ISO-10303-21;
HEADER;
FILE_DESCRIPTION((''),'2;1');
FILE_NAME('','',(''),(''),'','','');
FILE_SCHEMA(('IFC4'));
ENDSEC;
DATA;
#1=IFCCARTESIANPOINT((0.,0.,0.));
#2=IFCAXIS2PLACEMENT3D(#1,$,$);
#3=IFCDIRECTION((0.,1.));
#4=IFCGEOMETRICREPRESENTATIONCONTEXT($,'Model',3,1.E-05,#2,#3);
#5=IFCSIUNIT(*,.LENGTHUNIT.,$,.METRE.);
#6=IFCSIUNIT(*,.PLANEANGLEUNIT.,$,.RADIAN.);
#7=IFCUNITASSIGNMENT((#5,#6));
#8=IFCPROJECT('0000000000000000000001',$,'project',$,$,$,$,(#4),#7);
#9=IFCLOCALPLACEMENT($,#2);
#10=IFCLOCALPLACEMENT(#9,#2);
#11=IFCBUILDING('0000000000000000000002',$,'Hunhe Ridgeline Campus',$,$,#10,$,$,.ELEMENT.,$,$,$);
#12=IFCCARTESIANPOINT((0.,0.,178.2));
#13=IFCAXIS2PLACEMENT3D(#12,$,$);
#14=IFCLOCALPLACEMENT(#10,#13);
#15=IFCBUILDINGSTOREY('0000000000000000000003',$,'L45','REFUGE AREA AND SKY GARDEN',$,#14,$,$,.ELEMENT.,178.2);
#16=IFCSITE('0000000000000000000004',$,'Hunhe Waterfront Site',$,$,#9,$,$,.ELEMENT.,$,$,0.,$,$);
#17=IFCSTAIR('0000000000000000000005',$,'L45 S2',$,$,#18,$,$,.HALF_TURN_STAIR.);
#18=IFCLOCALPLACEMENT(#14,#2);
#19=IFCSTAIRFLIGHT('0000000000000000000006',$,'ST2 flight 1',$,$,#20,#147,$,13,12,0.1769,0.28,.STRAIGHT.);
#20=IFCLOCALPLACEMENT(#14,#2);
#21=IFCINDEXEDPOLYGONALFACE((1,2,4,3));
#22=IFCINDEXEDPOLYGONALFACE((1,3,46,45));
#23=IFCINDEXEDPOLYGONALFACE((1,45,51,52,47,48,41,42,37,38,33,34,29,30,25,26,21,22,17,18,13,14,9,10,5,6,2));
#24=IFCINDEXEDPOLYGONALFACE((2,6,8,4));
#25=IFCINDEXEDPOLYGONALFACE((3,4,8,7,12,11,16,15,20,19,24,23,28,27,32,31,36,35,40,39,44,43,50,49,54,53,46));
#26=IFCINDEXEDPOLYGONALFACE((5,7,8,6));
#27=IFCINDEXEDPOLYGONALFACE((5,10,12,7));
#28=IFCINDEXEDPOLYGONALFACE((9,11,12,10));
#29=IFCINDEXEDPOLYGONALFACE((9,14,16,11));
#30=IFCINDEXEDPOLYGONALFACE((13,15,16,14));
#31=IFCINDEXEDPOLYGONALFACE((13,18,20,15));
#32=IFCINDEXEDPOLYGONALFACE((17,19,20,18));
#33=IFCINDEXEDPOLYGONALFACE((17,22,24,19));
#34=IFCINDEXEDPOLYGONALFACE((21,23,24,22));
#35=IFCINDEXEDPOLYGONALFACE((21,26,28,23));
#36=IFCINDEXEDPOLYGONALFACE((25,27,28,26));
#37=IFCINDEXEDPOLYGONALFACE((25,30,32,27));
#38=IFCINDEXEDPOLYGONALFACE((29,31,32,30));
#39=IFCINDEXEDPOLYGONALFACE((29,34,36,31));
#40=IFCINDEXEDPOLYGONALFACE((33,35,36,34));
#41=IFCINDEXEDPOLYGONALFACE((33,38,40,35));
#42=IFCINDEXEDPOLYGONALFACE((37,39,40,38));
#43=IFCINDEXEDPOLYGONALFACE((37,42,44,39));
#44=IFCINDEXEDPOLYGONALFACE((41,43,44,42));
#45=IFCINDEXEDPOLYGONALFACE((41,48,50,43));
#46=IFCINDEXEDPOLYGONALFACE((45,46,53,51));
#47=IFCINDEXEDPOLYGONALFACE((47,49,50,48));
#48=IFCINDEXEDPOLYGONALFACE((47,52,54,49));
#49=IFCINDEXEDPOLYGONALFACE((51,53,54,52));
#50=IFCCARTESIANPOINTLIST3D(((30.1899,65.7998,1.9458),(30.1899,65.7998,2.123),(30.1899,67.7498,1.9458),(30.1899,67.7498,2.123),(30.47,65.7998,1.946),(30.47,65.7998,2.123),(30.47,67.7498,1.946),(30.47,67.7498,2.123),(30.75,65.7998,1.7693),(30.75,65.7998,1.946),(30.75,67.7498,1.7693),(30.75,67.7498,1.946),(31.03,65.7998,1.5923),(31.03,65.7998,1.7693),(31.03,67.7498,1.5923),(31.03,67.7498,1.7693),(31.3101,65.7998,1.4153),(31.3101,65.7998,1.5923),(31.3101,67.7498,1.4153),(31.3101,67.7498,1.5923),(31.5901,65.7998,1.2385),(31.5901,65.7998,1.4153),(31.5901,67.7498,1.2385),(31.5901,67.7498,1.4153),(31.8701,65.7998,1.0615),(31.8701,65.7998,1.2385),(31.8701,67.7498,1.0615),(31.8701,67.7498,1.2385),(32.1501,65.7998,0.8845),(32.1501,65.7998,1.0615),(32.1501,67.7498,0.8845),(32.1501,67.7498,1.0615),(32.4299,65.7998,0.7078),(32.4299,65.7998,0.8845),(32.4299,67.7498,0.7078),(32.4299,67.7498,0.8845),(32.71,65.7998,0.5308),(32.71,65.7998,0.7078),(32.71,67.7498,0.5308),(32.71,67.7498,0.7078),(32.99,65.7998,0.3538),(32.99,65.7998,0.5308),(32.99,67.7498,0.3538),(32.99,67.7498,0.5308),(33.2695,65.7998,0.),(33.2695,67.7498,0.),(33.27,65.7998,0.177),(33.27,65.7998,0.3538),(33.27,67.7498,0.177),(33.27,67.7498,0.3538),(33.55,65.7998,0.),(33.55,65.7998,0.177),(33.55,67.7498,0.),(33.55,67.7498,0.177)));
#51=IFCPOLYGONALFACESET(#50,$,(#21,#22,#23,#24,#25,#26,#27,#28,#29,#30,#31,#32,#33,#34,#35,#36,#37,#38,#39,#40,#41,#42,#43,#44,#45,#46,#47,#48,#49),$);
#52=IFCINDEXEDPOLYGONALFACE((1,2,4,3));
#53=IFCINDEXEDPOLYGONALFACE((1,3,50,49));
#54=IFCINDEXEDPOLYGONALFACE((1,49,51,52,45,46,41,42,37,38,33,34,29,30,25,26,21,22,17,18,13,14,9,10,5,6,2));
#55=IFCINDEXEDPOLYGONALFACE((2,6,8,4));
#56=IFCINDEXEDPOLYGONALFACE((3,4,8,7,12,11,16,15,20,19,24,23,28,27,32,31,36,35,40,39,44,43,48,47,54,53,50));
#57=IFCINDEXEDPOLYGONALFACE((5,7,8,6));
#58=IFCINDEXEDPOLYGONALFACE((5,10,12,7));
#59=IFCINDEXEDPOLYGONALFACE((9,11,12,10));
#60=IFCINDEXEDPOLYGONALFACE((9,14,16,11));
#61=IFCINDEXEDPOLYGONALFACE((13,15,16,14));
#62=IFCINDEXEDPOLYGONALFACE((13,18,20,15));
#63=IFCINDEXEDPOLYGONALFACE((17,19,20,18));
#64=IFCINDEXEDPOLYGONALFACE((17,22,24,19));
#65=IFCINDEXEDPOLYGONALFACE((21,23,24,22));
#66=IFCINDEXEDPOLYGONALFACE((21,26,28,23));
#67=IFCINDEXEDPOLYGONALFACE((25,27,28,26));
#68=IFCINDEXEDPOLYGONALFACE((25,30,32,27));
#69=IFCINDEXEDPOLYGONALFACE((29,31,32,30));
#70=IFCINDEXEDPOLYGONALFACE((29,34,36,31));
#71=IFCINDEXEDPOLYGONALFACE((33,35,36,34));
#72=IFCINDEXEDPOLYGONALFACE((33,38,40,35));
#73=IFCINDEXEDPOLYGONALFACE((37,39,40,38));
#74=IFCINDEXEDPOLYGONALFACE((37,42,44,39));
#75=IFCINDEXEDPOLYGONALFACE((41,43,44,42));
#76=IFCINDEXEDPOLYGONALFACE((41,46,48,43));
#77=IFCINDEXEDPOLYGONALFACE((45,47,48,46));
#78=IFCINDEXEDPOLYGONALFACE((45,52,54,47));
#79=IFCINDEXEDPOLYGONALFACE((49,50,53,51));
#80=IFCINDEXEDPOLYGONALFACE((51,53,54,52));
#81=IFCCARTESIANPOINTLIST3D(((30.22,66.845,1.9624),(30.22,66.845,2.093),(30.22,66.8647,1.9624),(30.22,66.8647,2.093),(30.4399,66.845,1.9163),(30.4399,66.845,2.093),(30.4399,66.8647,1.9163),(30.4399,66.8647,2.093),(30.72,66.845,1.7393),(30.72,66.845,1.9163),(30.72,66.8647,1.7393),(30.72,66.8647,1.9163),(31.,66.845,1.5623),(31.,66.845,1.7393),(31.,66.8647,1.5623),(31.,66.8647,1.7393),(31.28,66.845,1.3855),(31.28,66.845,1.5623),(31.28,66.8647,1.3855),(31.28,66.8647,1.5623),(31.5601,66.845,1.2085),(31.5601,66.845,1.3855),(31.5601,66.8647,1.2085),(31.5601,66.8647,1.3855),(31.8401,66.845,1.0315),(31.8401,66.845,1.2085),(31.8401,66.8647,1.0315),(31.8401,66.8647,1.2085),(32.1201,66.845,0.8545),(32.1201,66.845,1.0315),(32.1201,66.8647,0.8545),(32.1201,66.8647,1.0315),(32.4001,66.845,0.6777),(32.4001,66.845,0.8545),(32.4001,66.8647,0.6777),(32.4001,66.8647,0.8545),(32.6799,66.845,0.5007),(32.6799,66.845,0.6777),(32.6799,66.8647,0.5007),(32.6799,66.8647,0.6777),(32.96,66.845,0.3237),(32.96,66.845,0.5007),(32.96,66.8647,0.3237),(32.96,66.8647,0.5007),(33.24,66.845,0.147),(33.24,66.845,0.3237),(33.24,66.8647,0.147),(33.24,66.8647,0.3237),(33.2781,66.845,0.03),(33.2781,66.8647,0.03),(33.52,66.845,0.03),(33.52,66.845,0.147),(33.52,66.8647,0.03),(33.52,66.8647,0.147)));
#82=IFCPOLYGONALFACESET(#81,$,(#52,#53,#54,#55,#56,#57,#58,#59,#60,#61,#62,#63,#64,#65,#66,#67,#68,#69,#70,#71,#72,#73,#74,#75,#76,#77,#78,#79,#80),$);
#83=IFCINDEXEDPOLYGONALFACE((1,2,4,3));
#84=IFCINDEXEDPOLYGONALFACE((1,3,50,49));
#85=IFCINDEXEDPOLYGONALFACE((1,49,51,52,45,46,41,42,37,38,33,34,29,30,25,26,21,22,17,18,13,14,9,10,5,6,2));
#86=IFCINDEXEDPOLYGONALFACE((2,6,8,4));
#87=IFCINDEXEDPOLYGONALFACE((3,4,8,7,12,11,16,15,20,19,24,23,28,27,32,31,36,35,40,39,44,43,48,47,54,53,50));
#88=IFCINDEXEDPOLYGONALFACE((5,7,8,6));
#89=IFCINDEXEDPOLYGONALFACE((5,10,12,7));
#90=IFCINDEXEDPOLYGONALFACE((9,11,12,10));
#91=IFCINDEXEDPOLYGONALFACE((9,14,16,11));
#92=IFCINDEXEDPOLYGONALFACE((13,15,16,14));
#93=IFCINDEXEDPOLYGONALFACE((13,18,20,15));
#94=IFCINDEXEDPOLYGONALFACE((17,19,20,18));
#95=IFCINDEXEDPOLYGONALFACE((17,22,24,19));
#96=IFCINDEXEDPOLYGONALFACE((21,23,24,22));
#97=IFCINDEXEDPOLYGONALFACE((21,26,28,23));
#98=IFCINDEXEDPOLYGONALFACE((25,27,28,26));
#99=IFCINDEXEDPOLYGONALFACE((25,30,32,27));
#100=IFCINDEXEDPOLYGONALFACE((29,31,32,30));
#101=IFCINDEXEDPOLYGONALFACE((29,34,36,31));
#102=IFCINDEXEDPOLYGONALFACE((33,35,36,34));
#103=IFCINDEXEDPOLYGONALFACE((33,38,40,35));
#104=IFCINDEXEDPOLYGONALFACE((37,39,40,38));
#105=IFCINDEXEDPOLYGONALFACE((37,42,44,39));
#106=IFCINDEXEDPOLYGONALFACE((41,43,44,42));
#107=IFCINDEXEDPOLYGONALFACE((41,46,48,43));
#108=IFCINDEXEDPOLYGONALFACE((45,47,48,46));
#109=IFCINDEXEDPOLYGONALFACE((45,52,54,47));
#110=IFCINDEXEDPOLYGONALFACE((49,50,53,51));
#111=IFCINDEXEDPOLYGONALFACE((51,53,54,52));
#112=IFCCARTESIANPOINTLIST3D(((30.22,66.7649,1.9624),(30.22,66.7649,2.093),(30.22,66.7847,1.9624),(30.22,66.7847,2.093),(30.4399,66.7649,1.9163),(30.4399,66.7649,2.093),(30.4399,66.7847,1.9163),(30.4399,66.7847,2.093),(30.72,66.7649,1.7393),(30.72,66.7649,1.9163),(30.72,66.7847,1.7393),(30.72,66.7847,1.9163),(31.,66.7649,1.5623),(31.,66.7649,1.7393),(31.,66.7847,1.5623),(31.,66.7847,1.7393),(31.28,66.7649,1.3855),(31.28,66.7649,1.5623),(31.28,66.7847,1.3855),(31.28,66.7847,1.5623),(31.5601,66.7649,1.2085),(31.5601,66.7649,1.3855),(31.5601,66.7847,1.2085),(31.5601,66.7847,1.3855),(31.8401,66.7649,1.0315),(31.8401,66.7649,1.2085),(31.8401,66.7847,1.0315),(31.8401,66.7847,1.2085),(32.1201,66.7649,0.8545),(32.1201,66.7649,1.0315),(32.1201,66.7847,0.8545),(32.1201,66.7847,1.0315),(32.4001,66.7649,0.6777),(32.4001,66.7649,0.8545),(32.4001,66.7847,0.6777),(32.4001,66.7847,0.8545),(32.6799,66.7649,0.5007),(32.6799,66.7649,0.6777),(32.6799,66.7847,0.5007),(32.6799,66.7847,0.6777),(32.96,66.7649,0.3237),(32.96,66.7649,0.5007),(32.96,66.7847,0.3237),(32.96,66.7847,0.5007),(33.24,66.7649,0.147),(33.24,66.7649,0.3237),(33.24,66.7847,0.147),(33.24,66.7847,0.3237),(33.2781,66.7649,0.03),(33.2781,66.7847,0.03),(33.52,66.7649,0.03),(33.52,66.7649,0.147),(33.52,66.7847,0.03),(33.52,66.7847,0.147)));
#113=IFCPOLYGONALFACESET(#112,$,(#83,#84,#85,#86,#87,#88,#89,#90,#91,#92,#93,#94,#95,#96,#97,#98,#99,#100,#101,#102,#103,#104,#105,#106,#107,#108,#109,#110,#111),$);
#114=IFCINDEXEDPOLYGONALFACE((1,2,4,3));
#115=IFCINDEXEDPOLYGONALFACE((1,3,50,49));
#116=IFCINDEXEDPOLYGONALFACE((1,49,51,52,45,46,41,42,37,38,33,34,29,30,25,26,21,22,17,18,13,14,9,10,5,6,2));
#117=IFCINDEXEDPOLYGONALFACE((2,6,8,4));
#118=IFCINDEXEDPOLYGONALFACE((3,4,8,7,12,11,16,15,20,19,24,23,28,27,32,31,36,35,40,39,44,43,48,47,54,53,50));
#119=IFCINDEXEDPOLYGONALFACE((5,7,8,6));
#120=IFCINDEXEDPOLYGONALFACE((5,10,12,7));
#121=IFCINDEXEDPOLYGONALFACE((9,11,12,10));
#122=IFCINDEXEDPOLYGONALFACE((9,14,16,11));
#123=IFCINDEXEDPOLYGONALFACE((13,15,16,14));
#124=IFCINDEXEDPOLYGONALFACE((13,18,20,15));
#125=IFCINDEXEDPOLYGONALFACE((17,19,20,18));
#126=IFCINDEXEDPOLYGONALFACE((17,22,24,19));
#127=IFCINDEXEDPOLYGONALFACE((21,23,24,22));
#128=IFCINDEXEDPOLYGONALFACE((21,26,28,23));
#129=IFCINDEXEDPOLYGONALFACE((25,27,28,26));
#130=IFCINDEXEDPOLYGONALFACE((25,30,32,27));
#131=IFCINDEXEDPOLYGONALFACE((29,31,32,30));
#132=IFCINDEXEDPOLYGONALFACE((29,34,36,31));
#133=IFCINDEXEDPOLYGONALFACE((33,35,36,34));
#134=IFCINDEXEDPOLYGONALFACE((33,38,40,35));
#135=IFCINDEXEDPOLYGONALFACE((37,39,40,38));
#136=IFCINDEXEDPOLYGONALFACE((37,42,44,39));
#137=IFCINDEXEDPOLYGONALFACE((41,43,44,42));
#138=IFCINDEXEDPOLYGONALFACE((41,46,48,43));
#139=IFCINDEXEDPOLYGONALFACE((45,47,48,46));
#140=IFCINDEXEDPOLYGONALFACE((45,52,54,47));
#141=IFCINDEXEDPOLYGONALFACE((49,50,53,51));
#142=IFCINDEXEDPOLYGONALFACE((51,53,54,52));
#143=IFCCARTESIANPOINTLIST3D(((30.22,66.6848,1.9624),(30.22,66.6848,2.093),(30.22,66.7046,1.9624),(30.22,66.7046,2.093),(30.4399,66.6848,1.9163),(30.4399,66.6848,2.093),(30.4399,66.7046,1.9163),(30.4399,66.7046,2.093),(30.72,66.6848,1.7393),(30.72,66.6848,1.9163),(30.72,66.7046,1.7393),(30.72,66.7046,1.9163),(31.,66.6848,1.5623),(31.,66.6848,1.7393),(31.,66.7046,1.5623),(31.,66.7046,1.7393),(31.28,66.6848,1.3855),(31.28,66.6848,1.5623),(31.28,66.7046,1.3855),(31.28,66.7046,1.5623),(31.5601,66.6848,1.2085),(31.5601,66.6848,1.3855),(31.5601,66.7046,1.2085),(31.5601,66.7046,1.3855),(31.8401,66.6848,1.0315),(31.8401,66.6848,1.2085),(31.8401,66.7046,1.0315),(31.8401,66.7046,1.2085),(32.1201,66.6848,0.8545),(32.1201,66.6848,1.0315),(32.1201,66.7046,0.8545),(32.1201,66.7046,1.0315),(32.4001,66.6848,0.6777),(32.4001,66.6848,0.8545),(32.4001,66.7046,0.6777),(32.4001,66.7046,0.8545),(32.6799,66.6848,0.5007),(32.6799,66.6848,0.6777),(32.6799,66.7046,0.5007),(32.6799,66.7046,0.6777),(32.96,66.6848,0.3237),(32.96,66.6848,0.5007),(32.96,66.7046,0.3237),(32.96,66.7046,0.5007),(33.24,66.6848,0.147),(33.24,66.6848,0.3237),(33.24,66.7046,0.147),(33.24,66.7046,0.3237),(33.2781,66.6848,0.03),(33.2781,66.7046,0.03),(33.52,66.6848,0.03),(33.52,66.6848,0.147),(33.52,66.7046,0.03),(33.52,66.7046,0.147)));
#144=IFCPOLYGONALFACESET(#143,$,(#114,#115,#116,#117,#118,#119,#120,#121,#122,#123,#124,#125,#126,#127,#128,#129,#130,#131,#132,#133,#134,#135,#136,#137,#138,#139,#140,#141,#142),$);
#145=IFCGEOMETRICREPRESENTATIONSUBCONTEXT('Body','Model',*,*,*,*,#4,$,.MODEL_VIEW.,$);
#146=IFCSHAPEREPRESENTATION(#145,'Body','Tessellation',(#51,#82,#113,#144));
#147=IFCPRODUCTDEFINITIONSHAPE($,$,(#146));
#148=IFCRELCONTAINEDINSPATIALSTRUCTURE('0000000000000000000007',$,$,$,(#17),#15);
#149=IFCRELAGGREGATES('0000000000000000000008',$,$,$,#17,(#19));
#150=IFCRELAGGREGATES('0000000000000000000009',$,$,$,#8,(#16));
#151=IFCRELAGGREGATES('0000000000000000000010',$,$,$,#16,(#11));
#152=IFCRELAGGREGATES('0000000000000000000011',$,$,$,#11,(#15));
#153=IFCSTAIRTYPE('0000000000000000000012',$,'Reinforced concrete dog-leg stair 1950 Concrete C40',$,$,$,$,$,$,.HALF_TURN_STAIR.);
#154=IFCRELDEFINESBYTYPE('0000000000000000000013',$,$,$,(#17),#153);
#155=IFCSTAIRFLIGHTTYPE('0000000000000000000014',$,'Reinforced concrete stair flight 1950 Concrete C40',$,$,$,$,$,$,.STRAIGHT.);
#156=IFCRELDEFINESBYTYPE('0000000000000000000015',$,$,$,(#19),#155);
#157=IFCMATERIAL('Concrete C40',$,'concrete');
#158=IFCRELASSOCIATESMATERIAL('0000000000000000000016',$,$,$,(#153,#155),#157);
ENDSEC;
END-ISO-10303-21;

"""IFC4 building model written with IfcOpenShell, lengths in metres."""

from ifc_helpers import new_model, si_unit, direction, frame, origin, place, context, subcontext, project, spatial, polyline, outline, extrude, material, type_object, element, aggregate, save


model = new_model("IFC4")

# Units and contexts
model_context = context("Model", 3, precision=1e-05, world=origin(), true_north=direction((0.0, 1.0)))
body_context = subcontext(model_context, "Body", "Model", "MODEL_VIEW")
ifc_project = project(units=[si_unit("LENGTHUNIT", "METRE"), si_unit("PLANEANGLEUNIT", "RADIAN")], contexts=[model_context])

# Site, building, storey
site_placement = place(None, origin())
site = spatial("IfcSite", under=ifc_project, at=site_placement, Name="Hunhe Waterfront Site", CompositionType="ELEMENT", RefElevation=0.0)
building_placement = place(site_placement, origin())
building = spatial("IfcBuilding", under=site, at=building_placement, Name="Hunhe Ridgeline Campus", CompositionType="ELEMENT")
storey_placement = place(building_placement, frame((0.0, 0.0, 178.2)))
storey = spatial("IfcBuildingStorey", under=building, at=storey_placement, Name="L45", Description="REFUGE AREA AND SKY GARDEN", CompositionType="ELEMENT", Elevation=178.2)

# Stair, stair flight
ifc_material_1 = material(Name="Concrete C40", Category="concrete")
stair_type = type_object("IfcStairType", Name="Reinforced concrete dog-leg stair 1950 Concrete C40", PredefinedType="HALF_TURN_STAIR", material=ifc_material_1)
stair_placement = place(storey_placement, origin())
stair = element("IfcStair", 1, at=stair_placement, inside=storey, type_object=stair_type, Name="L45 S2", PredefinedType="HALF_TURN_STAIR")
stair_flight_type = type_object("IfcStairFlightType", Name="Reinforced concrete stair flight 1950 Concrete C40", PredefinedType="STRAIGHT", material=ifc_material_1)
stair_flight_1_placement = place(storey_placement, frame((33.55, 66.7749, 0.0), z_axis=(0.0, 0.0, 1.0), x_axis=(-1.0, 0.0, 0.0)))
stair_flight_1 = element("IfcStairFlight", 2, at=stair_flight_1_placement, type_object=stair_flight_type, Name="ST2 flight 1", NumberOfRisers=13, NumberOfTreads=12, PredefinedType="STRAIGHT", RiserHeight=0.1769, TreadLength=0.28, context=body_context, shape_type="SweptSolid", body=[
    extrude(outline(polyline([(0.0, 0.0), (0.0, 0.177), (0.28, 0.177), (0.28, 0.3538), (0.5601, 0.3538), (0.5601, 0.5308), (0.8401, 0.5308), (0.8401, 0.7078), (1.1201, 0.7078), (1.1201, 0.8845), (1.3999, 0.8845), (1.3999, 1.0615), (1.6799, 1.0615), (1.6799, 1.2385), (1.96, 1.2385), (1.96, 1.4153), (2.24, 1.4153), (2.24, 1.5923), (2.52, 1.5923), (2.52, 1.7693), (2.8, 1.7693), (2.8, 1.946), (3.0801, 1.946), (3.0801, 2.123), (3.3601, 2.123), (3.3601, 2.3), (3.3601, 1.9458), (0.2805, 0.0), (0.0, 0.0)])), frame((0.0, 0.9751, 0.0), z_axis=(0.0, -1.0, 0.0), x_axis=(1.0, 0.0, 0.0)), (0.0, 0.0, 1.0), 1.95),
    extrude(outline(polyline([(0.03, 0.03), (0.03, 0.147), (0.3101, 0.147), (0.3101, 0.3237), (0.5901, 0.3237), (0.5901, 0.5007), (0.8701, 0.5007), (0.8701, 0.6777), (1.1499, 0.6777), (1.1499, 0.8545), (1.4299, 0.8545), (1.4299, 1.0315), (1.71, 1.0315), (1.71, 1.2085), (1.99, 1.2085), (1.99, 1.3855), (2.27, 1.3855), (2.27, 1.5623), (2.55, 1.5623), (2.55, 1.7393), (2.8301, 1.7393), (2.8301, 1.9163), (3.1101, 1.9163), (3.1101, 2.093), (3.3301, 2.093), (3.3301, 1.9624), (0.272, 0.03), (0.03, 0.03)])), frame((0.0, -0.0701, 0.0), z_axis=(0.0, -1.0, 0.0), x_axis=(1.0, 0.0, 0.0)), (0.0, 0.0, 1.0), 0.0198),
    extrude(outline(polyline([(0.03, 0.03), (0.03, 0.147), (0.3101, 0.147), (0.3101, 0.3237), (0.5901, 0.3237), (0.5901, 0.5007), (0.8701, 0.5007), (0.8701, 0.6777), (1.1499, 0.6777), (1.1499, 0.8545), (1.4299, 0.8545), (1.4299, 1.0315), (1.71, 1.0315), (1.71, 1.2085), (1.99, 1.2085), (1.99, 1.3855), (2.27, 1.3855), (2.27, 1.5623), (2.55, 1.5623), (2.55, 1.7393), (2.8301, 1.7393), (2.8301, 1.9163), (3.1101, 1.9163), (3.1101, 2.093), (3.3301, 2.093), (3.3301, 1.9624), (0.272, 0.03), (0.03, 0.03)])), frame((0.0, 0.01, 0.0), z_axis=(0.0, -1.0, 0.0), x_axis=(1.0, 0.0, 0.0)), (0.0, 0.0, 1.0), 0.0198),
    extrude(outline(polyline([(0.03, 0.03), (0.03, 0.147), (0.3101, 0.147), (0.3101, 0.3237), (0.5901, 0.3237), (0.5901, 0.5007), (0.8701, 0.5007), (0.8701, 0.6777), (1.1499, 0.6777), (1.1499, 0.8545), (1.4299, 0.8545), (1.4299, 1.0315), (1.71, 1.0315), (1.71, 1.2085), (1.99, 1.2085), (1.99, 1.3855), (2.27, 1.3855), (2.27, 1.5623), (2.55, 1.5623), (2.55, 1.7393), (2.8301, 1.7393), (2.8301, 1.9163), (3.1101, 1.9163), (3.1101, 2.093), (3.3301, 2.093), (3.3301, 1.9624), (0.272, 0.03), (0.03, 0.03)])), frame((0.0, 0.0901, 0.0), z_axis=(0.0, -1.0, 0.0), x_axis=(1.0, 0.0, 0.0)), (0.0, 0.0, 1.0), 0.0198),
])
aggregate(stair, [stair_flight_1])

save(model, "model.ifc")
